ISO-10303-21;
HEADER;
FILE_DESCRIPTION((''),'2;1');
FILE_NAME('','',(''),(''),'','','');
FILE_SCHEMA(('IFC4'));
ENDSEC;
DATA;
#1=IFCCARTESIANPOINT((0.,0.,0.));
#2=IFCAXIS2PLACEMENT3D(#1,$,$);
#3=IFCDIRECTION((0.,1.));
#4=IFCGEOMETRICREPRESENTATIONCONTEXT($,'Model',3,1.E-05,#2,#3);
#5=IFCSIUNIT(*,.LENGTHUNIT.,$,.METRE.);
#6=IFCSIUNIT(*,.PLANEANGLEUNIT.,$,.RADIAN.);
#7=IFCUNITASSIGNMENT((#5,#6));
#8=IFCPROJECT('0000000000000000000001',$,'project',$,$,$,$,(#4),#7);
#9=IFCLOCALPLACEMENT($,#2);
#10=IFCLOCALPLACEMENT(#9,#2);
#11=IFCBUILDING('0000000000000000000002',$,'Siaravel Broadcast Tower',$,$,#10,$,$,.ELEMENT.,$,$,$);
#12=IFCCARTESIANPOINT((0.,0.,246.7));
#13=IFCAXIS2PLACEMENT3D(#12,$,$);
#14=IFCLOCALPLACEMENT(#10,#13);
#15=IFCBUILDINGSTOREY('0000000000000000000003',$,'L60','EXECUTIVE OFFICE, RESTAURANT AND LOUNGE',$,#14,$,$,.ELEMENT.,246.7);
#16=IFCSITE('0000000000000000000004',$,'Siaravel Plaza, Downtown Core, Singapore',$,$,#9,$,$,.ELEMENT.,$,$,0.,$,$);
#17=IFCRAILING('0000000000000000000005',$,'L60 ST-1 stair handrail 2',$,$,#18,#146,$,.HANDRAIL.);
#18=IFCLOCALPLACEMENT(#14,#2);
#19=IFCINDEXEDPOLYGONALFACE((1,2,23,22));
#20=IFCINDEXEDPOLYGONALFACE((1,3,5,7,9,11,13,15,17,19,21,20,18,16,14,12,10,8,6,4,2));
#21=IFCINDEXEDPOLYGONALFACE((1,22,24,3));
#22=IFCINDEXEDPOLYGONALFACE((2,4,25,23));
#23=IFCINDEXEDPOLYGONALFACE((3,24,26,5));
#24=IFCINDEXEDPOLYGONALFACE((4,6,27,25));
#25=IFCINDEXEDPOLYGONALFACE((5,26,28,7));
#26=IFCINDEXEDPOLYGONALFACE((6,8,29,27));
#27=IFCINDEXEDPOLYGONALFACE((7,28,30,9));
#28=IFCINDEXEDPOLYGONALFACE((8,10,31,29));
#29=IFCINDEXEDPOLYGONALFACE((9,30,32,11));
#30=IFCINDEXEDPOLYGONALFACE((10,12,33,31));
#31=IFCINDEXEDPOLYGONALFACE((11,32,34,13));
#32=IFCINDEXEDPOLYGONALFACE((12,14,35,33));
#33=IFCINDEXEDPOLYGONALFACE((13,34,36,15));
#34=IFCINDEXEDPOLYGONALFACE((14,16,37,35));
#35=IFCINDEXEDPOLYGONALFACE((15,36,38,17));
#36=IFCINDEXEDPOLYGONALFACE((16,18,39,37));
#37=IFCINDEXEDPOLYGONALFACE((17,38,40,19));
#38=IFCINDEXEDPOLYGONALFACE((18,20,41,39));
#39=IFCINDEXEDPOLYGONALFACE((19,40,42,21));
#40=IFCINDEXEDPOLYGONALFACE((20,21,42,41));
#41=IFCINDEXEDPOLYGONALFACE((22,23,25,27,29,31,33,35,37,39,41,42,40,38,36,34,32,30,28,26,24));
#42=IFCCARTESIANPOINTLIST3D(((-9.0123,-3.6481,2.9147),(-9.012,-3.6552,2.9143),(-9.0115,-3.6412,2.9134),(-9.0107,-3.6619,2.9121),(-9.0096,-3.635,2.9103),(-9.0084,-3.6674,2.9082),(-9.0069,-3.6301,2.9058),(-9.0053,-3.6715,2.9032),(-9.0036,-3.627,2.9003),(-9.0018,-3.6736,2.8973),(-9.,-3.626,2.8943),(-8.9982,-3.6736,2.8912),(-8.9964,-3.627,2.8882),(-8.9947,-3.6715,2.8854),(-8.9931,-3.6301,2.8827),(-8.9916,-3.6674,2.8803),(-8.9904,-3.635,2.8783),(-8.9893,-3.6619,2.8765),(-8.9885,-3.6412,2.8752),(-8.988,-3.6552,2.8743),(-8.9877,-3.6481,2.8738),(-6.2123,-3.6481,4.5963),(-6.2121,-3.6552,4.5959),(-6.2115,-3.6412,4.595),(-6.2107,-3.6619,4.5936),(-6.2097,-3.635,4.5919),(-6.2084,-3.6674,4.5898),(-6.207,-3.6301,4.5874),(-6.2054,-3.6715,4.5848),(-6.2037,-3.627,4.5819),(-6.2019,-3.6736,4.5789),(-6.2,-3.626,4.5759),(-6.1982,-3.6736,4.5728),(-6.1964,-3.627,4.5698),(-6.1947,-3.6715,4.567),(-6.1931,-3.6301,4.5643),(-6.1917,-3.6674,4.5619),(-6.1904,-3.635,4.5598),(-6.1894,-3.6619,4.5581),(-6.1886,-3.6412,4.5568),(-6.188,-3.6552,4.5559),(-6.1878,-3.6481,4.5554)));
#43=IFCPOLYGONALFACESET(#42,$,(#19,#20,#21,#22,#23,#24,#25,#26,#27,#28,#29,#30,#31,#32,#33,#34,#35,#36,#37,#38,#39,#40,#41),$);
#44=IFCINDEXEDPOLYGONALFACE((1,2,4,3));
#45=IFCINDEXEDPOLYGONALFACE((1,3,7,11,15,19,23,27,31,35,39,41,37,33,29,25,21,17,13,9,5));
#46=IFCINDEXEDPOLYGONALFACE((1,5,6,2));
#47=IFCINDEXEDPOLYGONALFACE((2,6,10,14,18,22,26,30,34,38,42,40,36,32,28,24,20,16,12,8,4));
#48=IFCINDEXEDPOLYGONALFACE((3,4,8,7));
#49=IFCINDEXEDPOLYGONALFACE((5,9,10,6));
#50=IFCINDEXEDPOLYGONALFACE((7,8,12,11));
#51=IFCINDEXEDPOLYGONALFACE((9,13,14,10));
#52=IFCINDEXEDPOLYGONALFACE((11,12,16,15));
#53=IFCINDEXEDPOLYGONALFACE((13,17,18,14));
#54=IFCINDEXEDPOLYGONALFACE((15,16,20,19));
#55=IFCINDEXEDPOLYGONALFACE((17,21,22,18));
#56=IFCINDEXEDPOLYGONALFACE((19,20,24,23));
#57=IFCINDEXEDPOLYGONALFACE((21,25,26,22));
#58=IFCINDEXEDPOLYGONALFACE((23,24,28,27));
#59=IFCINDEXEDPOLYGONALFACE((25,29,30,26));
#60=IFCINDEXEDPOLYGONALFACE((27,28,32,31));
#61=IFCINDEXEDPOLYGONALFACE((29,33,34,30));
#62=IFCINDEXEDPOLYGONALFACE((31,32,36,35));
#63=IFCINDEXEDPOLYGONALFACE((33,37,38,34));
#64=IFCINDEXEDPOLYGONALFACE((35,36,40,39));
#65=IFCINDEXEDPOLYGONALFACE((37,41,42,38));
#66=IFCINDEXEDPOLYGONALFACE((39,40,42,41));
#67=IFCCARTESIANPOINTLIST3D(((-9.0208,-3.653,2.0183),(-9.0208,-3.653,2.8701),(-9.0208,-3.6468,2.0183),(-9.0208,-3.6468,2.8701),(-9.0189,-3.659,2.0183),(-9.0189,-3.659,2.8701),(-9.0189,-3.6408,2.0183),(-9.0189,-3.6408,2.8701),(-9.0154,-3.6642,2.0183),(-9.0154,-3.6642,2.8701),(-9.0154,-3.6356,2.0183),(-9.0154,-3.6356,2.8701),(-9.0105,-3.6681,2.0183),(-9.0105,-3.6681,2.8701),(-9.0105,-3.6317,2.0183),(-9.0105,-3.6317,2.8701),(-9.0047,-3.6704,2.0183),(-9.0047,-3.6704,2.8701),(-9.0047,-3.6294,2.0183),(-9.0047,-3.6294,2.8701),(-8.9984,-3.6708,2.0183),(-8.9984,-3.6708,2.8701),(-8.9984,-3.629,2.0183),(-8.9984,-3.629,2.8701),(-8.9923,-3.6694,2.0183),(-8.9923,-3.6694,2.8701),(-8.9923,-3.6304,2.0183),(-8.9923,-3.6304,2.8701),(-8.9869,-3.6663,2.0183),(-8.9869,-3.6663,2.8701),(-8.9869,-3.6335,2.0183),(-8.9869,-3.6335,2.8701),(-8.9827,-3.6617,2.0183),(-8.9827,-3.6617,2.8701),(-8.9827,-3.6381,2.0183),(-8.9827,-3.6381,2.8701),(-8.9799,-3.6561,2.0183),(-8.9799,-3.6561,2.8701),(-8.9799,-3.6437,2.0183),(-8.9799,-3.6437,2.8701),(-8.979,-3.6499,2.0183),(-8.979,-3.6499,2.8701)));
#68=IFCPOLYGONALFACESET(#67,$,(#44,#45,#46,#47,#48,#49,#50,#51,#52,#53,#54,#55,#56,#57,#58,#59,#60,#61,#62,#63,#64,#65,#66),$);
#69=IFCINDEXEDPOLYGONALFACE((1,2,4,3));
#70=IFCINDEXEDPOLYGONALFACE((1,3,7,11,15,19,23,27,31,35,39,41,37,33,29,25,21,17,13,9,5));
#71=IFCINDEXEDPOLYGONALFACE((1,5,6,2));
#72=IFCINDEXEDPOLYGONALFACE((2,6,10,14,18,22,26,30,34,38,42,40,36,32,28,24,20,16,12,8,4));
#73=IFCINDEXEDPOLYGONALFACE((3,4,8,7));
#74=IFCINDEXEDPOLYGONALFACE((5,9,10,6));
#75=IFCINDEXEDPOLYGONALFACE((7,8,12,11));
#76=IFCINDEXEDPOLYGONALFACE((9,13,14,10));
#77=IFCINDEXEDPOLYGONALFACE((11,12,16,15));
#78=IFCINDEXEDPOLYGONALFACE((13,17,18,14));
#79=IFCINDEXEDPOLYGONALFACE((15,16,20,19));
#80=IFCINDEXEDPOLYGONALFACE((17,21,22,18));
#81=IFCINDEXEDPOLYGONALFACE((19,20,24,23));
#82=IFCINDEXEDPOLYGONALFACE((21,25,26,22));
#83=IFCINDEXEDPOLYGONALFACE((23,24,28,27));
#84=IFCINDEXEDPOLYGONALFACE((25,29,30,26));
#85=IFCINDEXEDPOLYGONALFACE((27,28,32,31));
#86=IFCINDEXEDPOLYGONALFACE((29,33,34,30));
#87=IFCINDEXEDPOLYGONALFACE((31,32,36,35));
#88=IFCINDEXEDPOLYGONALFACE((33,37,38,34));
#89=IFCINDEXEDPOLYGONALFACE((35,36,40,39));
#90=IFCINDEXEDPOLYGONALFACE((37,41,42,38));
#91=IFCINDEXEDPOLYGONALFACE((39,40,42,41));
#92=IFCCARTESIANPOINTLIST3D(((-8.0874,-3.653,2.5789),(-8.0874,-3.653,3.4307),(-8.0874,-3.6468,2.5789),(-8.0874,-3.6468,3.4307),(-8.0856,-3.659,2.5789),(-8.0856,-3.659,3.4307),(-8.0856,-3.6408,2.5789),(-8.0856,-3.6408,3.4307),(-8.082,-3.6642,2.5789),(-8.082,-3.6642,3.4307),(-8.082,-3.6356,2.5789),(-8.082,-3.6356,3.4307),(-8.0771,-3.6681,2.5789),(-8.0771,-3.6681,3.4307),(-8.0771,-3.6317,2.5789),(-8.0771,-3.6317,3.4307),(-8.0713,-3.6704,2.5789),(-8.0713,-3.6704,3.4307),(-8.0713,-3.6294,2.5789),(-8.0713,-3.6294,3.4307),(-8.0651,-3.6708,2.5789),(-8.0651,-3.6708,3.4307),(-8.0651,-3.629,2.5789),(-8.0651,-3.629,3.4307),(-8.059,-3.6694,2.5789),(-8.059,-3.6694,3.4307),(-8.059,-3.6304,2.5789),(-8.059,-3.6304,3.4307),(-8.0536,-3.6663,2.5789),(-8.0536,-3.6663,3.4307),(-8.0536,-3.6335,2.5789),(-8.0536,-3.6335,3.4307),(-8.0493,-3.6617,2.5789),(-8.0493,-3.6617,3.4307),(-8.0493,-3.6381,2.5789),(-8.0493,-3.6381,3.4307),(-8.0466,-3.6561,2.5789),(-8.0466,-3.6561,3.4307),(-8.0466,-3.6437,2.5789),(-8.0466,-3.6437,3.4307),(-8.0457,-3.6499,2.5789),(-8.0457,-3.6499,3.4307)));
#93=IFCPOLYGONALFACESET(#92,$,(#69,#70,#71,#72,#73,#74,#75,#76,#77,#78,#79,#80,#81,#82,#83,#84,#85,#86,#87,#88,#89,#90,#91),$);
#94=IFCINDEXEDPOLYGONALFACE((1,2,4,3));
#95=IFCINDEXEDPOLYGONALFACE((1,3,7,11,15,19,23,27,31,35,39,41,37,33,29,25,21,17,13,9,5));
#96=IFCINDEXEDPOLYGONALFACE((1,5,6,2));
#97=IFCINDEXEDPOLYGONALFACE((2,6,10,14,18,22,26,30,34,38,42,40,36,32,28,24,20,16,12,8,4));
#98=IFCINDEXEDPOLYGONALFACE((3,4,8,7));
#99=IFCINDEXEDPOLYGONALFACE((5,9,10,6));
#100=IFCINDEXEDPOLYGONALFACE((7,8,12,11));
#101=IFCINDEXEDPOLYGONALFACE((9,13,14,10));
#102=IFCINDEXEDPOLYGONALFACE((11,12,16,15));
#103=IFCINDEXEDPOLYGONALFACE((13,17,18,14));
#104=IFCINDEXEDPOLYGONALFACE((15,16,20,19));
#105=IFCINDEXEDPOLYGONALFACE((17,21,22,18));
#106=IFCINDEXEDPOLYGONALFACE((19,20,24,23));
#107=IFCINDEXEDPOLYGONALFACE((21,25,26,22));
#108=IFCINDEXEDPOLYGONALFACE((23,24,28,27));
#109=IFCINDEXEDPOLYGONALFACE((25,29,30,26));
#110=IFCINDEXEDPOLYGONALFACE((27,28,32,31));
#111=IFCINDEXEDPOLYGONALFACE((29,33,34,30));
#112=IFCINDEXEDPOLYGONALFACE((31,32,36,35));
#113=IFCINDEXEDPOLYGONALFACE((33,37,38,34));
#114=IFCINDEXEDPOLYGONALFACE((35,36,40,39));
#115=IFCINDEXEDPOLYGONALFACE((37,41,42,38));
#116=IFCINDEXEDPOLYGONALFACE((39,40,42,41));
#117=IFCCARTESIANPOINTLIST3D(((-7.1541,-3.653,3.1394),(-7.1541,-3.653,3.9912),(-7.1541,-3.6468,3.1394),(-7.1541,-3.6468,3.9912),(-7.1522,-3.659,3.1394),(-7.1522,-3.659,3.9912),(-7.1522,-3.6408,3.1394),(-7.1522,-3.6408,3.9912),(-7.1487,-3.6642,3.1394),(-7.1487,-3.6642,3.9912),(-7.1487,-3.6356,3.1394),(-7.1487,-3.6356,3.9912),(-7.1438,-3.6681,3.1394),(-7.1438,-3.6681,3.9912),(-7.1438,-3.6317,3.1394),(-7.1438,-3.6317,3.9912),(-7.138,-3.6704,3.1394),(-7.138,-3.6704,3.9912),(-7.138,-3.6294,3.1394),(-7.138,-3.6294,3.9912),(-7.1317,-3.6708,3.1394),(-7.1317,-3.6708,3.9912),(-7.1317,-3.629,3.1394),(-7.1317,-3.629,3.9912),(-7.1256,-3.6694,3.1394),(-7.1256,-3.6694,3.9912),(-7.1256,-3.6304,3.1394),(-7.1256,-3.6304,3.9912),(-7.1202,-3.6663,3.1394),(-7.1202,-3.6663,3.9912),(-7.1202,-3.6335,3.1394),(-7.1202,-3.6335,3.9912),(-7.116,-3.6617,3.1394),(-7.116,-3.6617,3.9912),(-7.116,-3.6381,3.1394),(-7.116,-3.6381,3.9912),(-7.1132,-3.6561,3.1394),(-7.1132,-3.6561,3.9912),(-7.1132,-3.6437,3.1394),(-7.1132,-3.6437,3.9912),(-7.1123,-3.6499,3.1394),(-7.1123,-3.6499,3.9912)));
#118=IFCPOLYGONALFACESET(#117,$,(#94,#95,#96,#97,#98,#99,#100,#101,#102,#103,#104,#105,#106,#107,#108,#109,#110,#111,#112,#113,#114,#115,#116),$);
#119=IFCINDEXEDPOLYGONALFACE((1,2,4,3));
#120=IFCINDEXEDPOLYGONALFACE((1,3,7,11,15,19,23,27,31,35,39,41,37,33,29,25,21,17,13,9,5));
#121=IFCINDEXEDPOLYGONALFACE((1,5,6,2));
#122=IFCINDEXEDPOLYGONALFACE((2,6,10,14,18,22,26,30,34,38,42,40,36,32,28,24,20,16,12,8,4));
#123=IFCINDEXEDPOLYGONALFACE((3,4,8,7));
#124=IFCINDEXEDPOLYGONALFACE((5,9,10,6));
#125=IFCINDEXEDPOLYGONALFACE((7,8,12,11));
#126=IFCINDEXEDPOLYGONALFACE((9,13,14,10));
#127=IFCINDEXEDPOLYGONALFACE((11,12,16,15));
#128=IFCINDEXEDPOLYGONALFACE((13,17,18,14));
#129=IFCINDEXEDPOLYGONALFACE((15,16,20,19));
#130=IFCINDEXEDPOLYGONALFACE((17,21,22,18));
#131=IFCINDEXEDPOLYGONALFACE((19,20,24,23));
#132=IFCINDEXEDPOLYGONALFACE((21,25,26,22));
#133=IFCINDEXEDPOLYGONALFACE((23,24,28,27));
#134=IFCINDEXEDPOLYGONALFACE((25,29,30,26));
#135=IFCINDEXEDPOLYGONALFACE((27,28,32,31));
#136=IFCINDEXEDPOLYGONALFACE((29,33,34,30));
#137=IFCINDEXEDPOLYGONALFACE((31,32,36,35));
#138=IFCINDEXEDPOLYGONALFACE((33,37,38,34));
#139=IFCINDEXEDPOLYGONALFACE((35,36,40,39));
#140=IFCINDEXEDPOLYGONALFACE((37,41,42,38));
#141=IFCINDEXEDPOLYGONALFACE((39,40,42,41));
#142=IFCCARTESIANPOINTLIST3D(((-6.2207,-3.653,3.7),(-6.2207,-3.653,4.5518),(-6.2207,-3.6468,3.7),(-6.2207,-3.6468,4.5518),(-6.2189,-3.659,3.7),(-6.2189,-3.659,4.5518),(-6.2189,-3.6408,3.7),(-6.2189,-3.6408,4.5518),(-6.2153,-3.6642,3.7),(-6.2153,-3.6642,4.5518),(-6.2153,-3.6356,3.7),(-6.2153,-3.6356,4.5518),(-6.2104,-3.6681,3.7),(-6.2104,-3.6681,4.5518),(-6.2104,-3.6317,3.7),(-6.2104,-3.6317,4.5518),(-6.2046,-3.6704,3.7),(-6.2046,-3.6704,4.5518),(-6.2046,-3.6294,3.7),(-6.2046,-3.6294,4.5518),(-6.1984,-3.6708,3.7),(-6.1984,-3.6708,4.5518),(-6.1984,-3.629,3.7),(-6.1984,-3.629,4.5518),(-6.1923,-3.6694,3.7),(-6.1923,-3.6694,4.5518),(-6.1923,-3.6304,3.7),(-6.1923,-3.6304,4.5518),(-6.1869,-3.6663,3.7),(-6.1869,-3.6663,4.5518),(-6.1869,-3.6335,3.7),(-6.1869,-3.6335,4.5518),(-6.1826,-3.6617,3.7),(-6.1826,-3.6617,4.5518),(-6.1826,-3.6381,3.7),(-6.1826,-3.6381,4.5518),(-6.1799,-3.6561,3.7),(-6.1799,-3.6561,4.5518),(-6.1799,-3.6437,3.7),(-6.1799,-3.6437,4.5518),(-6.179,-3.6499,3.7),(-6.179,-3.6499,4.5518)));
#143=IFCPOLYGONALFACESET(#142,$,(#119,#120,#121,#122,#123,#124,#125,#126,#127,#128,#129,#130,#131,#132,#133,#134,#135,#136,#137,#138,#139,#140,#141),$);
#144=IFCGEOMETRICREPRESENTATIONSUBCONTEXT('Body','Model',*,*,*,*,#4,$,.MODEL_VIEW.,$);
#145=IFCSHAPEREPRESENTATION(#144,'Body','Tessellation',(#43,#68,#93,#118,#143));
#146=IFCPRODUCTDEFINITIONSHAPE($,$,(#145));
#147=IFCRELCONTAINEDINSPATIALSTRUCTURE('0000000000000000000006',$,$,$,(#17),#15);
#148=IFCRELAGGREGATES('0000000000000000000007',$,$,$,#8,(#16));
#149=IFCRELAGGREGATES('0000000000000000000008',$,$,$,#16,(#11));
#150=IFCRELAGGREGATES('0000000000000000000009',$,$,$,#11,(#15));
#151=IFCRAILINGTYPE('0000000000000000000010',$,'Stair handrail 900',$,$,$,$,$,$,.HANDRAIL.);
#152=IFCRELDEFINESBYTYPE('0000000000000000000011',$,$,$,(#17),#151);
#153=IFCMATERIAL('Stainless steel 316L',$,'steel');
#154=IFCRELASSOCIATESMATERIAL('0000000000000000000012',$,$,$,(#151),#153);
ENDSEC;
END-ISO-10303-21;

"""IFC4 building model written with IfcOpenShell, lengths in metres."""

from ifc_helpers import new_model, si_unit, direction, frame, origin, origin_2d, place, context, subcontext, project, spatial, circle, extrude, material, type_object, element, save


model = new_model("IFC4")

# Units and contexts
model_context = context("Model", 3, precision=1e-05, world=origin(), true_north=direction((0.0, 1.0)))
body_context = subcontext(model_context, "Body", "Model", "MODEL_VIEW")
ifc_project = project(units=[si_unit("LENGTHUNIT", "METRE"), si_unit("PLANEANGLEUNIT", "RADIAN")], contexts=[model_context])

# Site, building, storey
site_placement = place(None, origin())
site = spatial("IfcSite", under=ifc_project, at=site_placement, Name="Siaravel Plaza, Downtown Core, Singapore", CompositionType="ELEMENT", RefElevation=0.0)
building_placement = place(site_placement, origin())
building = spatial("IfcBuilding", under=site, at=building_placement, Name="Siaravel Broadcast Tower", CompositionType="ELEMENT")
storey_placement = place(building_placement, frame((0.0, 0.0, 246.7)))
storey = spatial("IfcBuildingStorey", under=building, at=storey_placement, Name="L60", Description="EXECUTIVE OFFICE, RESTAURANT AND LOUNGE", CompositionType="ELEMENT", Elevation=246.7)

# Shared definitions
ifc_material_1 = material(Name="Stainless steel 316L", Category="steel")

# Railing
railing_type_1 = type_object("IfcRailingType", Name="Stair handrail 900", PredefinedType="HANDRAIL", material=ifc_material_1)
railing_1_placement = place(storey_placement, frame((-9.0, -3.6499, 2.0183)))
element("IfcRailing", 1, at=railing_1_placement, inside=storey, type_object=railing_type_1, Name="L60 ST-1 stair handrail 2", PredefinedType="HANDRAIL", context=body_context, shape_type="SweptSolid", body=[
    extrude(circle(Radius=0.0239, at=origin_2d()), frame((0.0, 0.0, 0.876), z_axis=(0.857275, 0.0, 0.514858), x_axis=(0.0, 1.0, 0.0)), (0.0, 0.0, 1.0), 3.2661),
    extrude(circle(Radius=0.021, at=origin_2d()), origin(), (0.0, 0.0, 1.0), 0.8518),
    extrude(circle(Radius=0.021, at=origin_2d()), frame((0.9333, 0.0, 0.5605)), (0.0, 0.0, 1.0), 0.8518),
    extrude(circle(Radius=0.021, at=origin_2d()), frame((1.8667, 0.0, 1.1211)), (0.0, 0.0, 1.0), 0.8518),
    extrude(circle(Radius=0.021, at=origin_2d()), frame((2.8, 0.0, 1.6816)), (0.0, 0.0, 1.0), 0.8518),
])

save(model, "model.ifc")
